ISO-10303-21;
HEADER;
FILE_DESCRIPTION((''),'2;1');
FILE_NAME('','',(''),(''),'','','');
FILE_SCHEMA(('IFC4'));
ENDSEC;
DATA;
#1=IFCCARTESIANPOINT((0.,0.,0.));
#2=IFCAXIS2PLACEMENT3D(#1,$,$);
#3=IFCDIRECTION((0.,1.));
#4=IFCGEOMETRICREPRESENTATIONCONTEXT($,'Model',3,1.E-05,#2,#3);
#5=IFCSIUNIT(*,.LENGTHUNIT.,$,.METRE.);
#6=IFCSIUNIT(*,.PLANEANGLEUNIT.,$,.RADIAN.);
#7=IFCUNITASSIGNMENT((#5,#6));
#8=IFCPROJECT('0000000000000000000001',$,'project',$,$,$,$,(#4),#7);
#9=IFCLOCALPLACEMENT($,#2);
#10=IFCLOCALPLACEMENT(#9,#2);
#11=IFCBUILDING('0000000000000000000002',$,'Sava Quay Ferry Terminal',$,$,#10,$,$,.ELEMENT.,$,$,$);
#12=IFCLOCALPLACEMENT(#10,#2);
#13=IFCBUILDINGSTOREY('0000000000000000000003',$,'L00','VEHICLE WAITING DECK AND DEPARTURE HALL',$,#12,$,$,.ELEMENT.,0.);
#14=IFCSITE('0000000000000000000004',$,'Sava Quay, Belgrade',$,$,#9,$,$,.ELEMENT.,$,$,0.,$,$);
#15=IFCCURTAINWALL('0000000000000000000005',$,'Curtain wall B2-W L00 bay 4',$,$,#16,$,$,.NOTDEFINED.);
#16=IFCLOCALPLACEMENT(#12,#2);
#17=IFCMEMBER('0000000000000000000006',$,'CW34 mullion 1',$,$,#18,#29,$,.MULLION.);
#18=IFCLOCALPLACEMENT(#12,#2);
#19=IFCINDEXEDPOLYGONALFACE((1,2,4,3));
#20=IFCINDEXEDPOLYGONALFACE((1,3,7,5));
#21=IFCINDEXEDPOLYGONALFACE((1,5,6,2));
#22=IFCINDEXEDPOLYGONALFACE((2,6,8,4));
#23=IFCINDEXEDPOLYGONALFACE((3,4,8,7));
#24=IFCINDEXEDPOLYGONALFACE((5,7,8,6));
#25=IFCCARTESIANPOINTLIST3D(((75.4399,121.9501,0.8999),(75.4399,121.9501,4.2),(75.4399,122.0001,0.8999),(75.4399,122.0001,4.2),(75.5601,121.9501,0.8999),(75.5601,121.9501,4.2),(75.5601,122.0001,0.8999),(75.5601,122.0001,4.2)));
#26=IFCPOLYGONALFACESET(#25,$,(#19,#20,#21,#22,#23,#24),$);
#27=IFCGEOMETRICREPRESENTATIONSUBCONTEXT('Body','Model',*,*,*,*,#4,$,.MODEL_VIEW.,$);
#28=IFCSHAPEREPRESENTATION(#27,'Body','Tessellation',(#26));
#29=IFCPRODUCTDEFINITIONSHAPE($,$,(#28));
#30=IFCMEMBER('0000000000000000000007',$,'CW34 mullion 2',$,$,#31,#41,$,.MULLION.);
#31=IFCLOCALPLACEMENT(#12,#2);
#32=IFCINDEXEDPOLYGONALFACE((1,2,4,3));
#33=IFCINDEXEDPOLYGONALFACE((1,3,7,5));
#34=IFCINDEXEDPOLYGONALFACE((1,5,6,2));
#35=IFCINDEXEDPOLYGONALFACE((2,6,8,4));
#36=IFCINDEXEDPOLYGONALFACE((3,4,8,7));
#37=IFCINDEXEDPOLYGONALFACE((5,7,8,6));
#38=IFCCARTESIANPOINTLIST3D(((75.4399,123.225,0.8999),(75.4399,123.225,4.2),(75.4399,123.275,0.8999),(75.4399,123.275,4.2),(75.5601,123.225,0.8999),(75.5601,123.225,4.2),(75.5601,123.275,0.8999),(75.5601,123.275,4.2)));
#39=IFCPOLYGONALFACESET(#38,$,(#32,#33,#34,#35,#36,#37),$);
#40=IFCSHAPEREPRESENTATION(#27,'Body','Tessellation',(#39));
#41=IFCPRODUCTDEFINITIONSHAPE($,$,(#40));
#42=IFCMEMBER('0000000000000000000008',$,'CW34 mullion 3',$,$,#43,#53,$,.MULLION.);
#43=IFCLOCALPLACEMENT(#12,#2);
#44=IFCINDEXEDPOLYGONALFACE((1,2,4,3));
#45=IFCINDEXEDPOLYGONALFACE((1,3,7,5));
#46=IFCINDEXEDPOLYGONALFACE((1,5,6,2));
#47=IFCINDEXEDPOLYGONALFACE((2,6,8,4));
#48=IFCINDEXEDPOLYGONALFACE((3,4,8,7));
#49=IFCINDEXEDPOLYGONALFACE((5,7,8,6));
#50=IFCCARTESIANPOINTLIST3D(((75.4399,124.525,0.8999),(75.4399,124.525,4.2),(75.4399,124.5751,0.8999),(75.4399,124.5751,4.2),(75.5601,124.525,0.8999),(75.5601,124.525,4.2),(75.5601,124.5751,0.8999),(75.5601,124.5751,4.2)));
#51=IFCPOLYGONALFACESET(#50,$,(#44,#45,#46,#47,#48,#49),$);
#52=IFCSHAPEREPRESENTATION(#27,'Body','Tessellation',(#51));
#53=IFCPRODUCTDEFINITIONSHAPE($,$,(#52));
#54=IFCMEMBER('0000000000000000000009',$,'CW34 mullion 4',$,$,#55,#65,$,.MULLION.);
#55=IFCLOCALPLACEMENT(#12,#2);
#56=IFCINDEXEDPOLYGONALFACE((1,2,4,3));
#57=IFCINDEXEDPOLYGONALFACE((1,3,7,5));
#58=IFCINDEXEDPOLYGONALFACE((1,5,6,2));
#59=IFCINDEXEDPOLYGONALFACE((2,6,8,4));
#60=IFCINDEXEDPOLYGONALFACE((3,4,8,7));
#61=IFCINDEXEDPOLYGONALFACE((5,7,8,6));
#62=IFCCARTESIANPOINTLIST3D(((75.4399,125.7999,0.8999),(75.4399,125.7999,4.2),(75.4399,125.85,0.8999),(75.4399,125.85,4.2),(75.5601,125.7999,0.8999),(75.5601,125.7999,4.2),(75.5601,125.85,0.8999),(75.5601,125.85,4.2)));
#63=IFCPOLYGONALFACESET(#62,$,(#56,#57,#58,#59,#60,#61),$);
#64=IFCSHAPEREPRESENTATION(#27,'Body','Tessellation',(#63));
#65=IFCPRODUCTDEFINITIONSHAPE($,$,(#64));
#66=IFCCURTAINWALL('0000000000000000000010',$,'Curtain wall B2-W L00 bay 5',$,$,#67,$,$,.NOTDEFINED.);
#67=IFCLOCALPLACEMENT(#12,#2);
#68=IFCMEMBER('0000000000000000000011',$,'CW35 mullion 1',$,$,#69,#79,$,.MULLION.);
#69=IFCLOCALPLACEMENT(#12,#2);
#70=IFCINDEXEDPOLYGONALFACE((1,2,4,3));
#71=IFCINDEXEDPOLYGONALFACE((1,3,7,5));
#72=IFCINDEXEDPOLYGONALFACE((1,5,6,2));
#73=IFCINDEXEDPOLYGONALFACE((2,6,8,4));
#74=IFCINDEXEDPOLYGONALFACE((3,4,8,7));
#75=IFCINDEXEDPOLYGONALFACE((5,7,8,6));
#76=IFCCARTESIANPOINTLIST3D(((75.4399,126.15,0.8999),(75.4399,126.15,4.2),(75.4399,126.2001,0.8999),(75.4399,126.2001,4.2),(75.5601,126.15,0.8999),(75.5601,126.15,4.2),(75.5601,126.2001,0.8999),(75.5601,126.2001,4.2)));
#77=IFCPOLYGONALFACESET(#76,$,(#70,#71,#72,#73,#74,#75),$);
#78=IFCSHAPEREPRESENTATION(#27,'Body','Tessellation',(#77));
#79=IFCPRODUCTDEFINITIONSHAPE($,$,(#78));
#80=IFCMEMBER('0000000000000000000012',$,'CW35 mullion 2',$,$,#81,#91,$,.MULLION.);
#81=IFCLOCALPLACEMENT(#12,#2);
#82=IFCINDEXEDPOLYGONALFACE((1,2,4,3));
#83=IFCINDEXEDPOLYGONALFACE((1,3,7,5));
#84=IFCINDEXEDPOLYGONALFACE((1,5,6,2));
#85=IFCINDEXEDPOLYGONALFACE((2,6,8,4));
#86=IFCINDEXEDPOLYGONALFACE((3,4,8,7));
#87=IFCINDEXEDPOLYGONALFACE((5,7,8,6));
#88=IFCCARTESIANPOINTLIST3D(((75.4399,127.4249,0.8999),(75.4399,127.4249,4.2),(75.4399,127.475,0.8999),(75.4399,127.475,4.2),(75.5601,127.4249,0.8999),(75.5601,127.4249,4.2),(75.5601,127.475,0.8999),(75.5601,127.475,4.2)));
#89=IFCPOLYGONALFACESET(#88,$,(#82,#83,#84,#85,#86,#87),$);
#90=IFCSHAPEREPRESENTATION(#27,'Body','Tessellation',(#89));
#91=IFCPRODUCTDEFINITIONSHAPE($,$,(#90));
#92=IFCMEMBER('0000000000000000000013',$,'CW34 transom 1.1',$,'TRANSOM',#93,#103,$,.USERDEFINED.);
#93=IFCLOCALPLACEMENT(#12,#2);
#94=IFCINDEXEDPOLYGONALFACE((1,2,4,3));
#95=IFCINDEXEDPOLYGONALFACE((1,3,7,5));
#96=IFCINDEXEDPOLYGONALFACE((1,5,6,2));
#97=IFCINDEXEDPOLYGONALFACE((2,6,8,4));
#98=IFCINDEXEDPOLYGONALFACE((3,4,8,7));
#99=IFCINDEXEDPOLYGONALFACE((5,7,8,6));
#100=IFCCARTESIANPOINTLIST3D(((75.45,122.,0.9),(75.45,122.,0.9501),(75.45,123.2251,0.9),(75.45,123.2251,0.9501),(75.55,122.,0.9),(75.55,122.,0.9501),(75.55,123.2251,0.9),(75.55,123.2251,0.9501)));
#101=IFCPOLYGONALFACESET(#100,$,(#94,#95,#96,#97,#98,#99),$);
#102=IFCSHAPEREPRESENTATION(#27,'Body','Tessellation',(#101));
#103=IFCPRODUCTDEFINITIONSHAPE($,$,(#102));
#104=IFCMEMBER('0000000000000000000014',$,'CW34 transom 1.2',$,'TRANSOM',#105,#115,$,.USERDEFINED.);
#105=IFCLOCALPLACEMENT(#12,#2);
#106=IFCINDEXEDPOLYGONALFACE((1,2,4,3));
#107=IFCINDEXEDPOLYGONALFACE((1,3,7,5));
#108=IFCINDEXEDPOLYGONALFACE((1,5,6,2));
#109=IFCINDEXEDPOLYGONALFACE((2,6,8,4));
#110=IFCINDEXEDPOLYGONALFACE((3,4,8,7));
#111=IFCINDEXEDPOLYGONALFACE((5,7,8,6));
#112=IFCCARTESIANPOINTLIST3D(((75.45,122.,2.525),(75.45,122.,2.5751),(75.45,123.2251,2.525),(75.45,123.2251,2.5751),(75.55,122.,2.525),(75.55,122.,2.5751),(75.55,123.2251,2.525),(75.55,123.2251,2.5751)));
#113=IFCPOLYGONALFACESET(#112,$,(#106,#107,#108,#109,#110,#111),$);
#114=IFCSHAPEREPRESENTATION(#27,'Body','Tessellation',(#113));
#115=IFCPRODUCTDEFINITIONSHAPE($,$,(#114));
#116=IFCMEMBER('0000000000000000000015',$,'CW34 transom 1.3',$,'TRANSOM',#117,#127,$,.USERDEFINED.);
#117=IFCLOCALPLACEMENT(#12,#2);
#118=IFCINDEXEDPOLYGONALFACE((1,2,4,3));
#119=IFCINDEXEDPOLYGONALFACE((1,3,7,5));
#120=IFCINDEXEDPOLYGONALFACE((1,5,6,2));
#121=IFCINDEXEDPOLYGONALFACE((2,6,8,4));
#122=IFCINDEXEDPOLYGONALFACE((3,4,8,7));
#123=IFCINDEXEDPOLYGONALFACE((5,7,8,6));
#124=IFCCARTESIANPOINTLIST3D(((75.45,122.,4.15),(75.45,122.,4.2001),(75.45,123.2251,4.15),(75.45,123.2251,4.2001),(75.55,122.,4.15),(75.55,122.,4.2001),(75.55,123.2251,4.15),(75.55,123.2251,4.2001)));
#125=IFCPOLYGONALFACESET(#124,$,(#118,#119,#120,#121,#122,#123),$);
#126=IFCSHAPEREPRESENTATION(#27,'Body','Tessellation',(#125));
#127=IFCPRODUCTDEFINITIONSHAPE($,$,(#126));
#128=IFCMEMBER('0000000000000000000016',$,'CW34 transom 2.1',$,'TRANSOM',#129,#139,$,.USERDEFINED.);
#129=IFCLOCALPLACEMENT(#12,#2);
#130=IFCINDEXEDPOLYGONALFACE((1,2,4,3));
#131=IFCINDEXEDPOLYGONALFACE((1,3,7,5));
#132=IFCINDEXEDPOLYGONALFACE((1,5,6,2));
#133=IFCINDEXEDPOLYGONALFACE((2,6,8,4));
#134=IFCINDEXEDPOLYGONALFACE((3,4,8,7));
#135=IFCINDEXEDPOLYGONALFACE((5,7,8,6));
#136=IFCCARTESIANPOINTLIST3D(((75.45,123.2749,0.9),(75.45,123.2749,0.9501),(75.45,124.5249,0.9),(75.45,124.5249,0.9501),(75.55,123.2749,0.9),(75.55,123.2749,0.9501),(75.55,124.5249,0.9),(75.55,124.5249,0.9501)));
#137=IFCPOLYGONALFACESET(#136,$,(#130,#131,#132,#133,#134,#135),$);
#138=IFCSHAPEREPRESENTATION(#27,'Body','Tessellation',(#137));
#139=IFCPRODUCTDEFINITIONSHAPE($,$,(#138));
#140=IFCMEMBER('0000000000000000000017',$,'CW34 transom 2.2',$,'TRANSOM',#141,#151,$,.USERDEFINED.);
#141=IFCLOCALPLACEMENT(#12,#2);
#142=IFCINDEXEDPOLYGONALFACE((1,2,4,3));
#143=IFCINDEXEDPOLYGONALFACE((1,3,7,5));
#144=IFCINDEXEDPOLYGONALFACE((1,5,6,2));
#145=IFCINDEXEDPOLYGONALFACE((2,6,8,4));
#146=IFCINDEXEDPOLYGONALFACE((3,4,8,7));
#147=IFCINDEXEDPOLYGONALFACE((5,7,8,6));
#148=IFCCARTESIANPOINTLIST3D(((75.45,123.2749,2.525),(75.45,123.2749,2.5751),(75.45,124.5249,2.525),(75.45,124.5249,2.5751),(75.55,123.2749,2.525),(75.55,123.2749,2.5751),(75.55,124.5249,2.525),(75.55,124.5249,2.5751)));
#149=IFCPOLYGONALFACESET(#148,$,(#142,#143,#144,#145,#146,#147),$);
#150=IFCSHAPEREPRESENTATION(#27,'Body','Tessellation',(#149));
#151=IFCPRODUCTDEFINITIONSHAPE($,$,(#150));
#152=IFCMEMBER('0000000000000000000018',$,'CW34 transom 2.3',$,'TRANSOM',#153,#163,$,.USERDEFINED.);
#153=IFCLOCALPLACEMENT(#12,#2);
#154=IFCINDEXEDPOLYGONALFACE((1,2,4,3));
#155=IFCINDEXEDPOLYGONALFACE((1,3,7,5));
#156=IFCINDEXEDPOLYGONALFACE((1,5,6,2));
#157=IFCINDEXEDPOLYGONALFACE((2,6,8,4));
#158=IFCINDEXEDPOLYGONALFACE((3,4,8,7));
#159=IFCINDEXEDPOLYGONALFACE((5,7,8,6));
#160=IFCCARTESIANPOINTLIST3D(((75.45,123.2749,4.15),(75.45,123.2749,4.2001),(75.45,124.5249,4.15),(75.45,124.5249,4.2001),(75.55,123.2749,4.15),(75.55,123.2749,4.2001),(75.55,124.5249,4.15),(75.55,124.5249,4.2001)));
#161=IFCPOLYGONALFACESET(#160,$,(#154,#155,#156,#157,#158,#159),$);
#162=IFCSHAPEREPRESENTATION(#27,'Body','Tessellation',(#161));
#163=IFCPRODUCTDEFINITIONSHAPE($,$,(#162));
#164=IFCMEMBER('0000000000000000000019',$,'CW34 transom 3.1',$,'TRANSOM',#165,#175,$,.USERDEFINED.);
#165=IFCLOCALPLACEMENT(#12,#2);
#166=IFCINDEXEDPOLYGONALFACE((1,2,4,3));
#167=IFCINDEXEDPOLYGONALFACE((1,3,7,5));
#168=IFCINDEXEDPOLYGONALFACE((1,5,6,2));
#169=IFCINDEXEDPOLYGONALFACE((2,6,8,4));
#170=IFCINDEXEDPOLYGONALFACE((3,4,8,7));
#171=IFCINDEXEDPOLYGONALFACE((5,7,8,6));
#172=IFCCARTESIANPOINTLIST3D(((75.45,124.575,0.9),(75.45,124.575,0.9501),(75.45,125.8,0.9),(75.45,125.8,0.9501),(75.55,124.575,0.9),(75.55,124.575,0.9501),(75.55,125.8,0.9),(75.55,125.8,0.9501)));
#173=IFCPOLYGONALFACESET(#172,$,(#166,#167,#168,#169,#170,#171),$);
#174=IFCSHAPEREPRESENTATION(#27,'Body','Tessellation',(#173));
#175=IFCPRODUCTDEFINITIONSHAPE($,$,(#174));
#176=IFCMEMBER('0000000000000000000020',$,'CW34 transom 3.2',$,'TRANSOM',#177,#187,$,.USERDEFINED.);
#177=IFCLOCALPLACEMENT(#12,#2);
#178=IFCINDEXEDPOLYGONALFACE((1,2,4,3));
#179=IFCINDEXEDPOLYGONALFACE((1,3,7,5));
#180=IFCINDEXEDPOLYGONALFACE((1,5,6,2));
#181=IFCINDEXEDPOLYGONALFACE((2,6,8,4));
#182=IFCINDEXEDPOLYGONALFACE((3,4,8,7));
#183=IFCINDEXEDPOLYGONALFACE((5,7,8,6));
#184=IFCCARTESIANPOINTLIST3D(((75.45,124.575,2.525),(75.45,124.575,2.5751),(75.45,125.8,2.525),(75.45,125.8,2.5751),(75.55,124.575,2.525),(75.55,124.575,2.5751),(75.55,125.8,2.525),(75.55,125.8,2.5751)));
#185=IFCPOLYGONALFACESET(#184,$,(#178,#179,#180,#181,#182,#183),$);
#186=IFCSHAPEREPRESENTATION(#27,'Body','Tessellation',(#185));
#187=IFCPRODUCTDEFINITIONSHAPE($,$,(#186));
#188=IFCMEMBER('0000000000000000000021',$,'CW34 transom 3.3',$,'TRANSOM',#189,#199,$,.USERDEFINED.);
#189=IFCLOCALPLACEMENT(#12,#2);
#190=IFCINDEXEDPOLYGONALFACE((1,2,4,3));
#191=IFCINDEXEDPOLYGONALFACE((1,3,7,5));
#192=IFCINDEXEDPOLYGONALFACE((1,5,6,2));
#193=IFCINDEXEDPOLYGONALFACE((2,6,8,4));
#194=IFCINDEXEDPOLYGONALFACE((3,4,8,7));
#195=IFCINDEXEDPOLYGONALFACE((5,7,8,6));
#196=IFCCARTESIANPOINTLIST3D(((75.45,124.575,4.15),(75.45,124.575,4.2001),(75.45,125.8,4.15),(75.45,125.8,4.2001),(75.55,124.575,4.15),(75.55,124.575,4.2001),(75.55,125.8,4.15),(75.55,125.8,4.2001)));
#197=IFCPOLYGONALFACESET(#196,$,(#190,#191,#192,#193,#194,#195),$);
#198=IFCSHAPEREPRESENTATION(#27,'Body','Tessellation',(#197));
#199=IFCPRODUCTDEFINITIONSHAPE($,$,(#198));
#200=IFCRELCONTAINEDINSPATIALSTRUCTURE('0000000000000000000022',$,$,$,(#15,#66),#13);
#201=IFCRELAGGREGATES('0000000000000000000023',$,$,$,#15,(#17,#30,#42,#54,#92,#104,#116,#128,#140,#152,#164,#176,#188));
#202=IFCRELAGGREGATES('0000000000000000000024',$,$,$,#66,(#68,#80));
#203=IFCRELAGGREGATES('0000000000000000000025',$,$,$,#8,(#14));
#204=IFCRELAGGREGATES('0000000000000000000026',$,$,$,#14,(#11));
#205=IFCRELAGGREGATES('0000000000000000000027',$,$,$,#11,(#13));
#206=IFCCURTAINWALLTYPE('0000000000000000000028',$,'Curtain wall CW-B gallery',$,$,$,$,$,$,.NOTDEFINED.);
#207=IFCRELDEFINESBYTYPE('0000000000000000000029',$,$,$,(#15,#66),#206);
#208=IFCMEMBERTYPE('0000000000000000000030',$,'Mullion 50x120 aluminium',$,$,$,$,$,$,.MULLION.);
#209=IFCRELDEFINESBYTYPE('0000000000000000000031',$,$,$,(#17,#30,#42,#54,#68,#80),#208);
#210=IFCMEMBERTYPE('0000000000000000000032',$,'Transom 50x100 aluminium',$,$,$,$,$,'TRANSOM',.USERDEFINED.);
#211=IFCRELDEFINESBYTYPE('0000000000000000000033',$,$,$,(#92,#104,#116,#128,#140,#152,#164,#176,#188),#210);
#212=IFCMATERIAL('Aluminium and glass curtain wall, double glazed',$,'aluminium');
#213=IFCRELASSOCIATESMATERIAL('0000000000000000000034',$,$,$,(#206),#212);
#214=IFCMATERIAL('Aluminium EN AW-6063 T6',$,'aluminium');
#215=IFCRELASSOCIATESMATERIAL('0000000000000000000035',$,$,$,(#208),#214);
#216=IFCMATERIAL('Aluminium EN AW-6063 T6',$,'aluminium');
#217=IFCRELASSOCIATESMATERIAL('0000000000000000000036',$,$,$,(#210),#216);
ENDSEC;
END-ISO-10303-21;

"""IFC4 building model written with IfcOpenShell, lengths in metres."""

from ifc_helpers import new_model, si_unit, direction, frame, origin, origin_2d, place, context, subcontext, project, spatial, rectangle, extrude, material, material_profile, profile_set, type_object, element, aggregate, save


model = new_model("IFC4")

# Units and contexts
model_context = context("Model", 3, precision=1e-05, world=origin(), true_north=direction((0.0, 1.0)))
body_context = subcontext(model_context, "Body", "Model", "MODEL_VIEW")
ifc_project = project(units=[si_unit("LENGTHUNIT", "METRE"), si_unit("PLANEANGLEUNIT", "RADIAN")], contexts=[model_context])

# Site, building, storey
site_placement = place(None, origin())
site = spatial("IfcSite", under=ifc_project, at=site_placement, Name="Sava Quay, Belgrade", CompositionType="ELEMENT", RefElevation=0.0)
building_placement = place(site_placement, origin())
building = spatial("IfcBuilding", under=site, at=building_placement, Name="Sava Quay Ferry Terminal", CompositionType="ELEMENT")
storey_placement = place(building_placement, origin())
storey = spatial("IfcBuildingStorey", under=building, at=storey_placement, Name="L00", Description="VEHICLE WAITING DECK AND DEPARTURE HALL", CompositionType="ELEMENT", Elevation=0.0)

# Curtain walls, members
ifc_material_1 = material(Name="Aluminium and glass curtain wall, double glazed", Category="aluminium")
curtain_wall_type = type_object("IfcCurtainWallType", Name="Curtain wall CW-B gallery", PredefinedType="NOTDEFINED", material=ifc_material_1)
curtain_wall_1_placement = place(storey_placement, origin())
curtain_wall_1 = element("IfcCurtainWall", 1, at=curtain_wall_1_placement, inside=storey, type_object=curtain_wall_type, Name="Curtain wall B2-W L00 bay 4", PredefinedType="NOTDEFINED")
ifc_material_2 = material(Name="Aluminium EN AW-6063 T6", Category="aluminium")
ifc_material_profile_1 = material_profile(ifc_material_2, rectangle(XDim=0.1201, YDim=0.05, at=origin_2d()), Name="Mullion 50x120 aluminium")
ifc_profile_set_1 = profile_set([ifc_material_profile_1], Name="Aluminium EN AW-6063 T6")
member_type_1 = type_object("IfcMemberType", Name="Mullion 50x120 aluminium", PredefinedType="MULLION", material=ifc_profile_set_1)
member_1_placement = place(storey_placement, frame((75.5, 121.9751, 0.8999), z_axis=(0.0, 0.0, 1.0), x_axis=(-1.0, 0.0, 0.0)))
member_1 = element("IfcMember", 2, at=member_1_placement, type_object=member_type_1, Name="CW34 mullion 1", PredefinedType="MULLION", context=body_context, shape_type="SweptSolid", body=[
    extrude(rectangle(XDim=0.1201, YDim=0.05, at=origin_2d()), origin(), (0.0, 0.0, 1.0), 3.3),
])
member_2_placement = place(storey_placement, frame((75.5, 123.25, 0.8999), z_axis=(0.0, 0.0, 1.0), x_axis=(-1.0, 0.0, 0.0)))
member_2 = element("IfcMember", 3, at=member_2_placement, type_object=member_type_1, Name="CW34 mullion 2", PredefinedType="MULLION", context=body_context, shape_type="SweptSolid", body=[
    extrude(rectangle(XDim=0.1201, YDim=0.05, at=origin_2d()), origin(), (0.0, 0.0, 1.0), 3.3),
])
member_3_placement = place(storey_placement, frame((75.5, 124.55, 0.8999), z_axis=(0.0, 0.0, 1.0), x_axis=(-1.0, 0.0, 0.0)))
member_3 = element("IfcMember", 4, at=member_3_placement, type_object=member_type_1, Name="CW34 mullion 3", PredefinedType="MULLION", context=body_context, shape_type="SweptSolid", body=[
    extrude(rectangle(XDim=0.1201, YDim=0.05, at=origin_2d()), origin(), (0.0, 0.0, 1.0), 3.3),
])
member_4_placement = place(storey_placement, frame((75.5, 125.825, 0.8999), z_axis=(0.0, 0.0, 1.0), x_axis=(-1.0, 0.0, 0.0)))
member_4 = element("IfcMember", 5, at=member_4_placement, type_object=member_type_1, Name="CW34 mullion 4", PredefinedType="MULLION", context=body_context, shape_type="SweptSolid", body=[
    extrude(rectangle(XDim=0.1201, YDim=0.05, at=origin_2d()), origin(), (0.0, 0.0, 1.0), 3.3),
])
curtain_wall_2_placement = place(storey_placement, origin())
curtain_wall_2 = element("IfcCurtainWall", 6, at=curtain_wall_2_placement, inside=storey, type_object=curtain_wall_type, Name="Curtain wall B2-W L00 bay 5", PredefinedType="NOTDEFINED")
member_5_placement = place(storey_placement, frame((75.5, 126.175, 0.8999), z_axis=(0.0, 0.0, 1.0), x_axis=(-1.0, 0.0, 0.0)))
member_5 = element("IfcMember", 7, at=member_5_placement, type_object=member_type_1, Name="CW35 mullion 1", PredefinedType="MULLION", context=body_context, shape_type="SweptSolid", body=[
    extrude(rectangle(XDim=0.1201, YDim=0.05, at=origin_2d()), origin(), (0.0, 0.0, 1.0), 3.3),
])
member_6_placement = place(storey_placement, frame((75.5, 127.45, 0.8999), z_axis=(0.0, 0.0, 1.0), x_axis=(-1.0, 0.0, 0.0)))
member_6 = element("IfcMember", 8, at=member_6_placement, type_object=member_type_1, Name="CW35 mullion 2", PredefinedType="MULLION", context=body_context, shape_type="SweptSolid", body=[
    extrude(rectangle(XDim=0.1201, YDim=0.05, at=origin_2d()), origin(), (0.0, 0.0, 1.0), 3.3),
])

# Members
ifc_material_3 = material(Name="Aluminium EN AW-6063 T6", Category="aluminium")
ifc_material_profile_2 = material_profile(ifc_material_3, rectangle(XDim=0.1001, YDim=0.05, at=origin_2d()), Name="Transom 50x100 aluminium")
ifc_profile_set_2 = profile_set([ifc_material_profile_2], Name="Aluminium EN AW-6063 T6")
member_type_2 = type_object("IfcMemberType", Name="Transom 50x100 aluminium", ElementType="TRANSOM", PredefinedType="USERDEFINED", material=ifc_profile_set_2)
member_7_placement = place(storey_placement, frame((75.5, 122.0, 0.925), z_axis=(0.0, 1.0, 0.0), x_axis=(-1.0, 0.0, 0.0)))
member_7 = element("IfcMember", 9, at=member_7_placement, type_object=member_type_2, Name="CW34 transom 1.1", ObjectType="TRANSOM", PredefinedType="USERDEFINED", context=body_context, shape_type="SweptSolid", body=[
    extrude(rectangle(XDim=0.1001, YDim=0.05, at=origin_2d()), origin(), (0.0, 0.0, 1.0), 1.2251),
])
member_8_placement = place(storey_placement, frame((75.5, 122.0, 2.55), z_axis=(0.0, 1.0, 0.0), x_axis=(-1.0, 0.0, 0.0)))
member_8 = element("IfcMember", 10, at=member_8_placement, type_object=member_type_2, Name="CW34 transom 1.2", ObjectType="TRANSOM", PredefinedType="USERDEFINED", context=body_context, shape_type="SweptSolid", body=[
    extrude(rectangle(XDim=0.1001, YDim=0.05, at=origin_2d()), origin(), (0.0, 0.0, 1.0), 1.2251),
])
member_9_placement = place(storey_placement, frame((75.5, 122.0, 4.175), z_axis=(0.0, 1.0, 0.0), x_axis=(-1.0, 0.0, 0.0)))
member_9 = element("IfcMember", 11, at=member_9_placement, type_object=member_type_2, Name="CW34 transom 1.3", ObjectType="TRANSOM", PredefinedType="USERDEFINED", context=body_context, shape_type="SweptSolid", body=[
    extrude(rectangle(XDim=0.1001, YDim=0.05, at=origin_2d()), origin(), (0.0, 0.0, 1.0), 1.2251),
])
member_10_placement = place(storey_placement, frame((75.5, 123.2749, 0.925), z_axis=(0.0, 1.0, 0.0), x_axis=(-1.0, 0.0, 0.0)))
member_10 = element("IfcMember", 12, at=member_10_placement, type_object=member_type_2, Name="CW34 transom 2.1", ObjectType="TRANSOM", PredefinedType="USERDEFINED", context=body_context, shape_type="SweptSolid", body=[
    extrude(rectangle(XDim=0.1001, YDim=0.05, at=origin_2d()), origin(), (0.0, 0.0, 1.0), 1.25),
])
member_11_placement = place(storey_placement, frame((75.5, 123.2749, 2.55), z_axis=(0.0, 1.0, 0.0), x_axis=(-1.0, 0.0, 0.0)))
member_11 = element("IfcMember", 13, at=member_11_placement, type_object=member_type_2, Name="CW34 transom 2.2", ObjectType="TRANSOM", PredefinedType="USERDEFINED", context=body_context, shape_type="SweptSolid", body=[
    extrude(rectangle(XDim=0.1001, YDim=0.05, at=origin_2d()), origin(), (0.0, 0.0, 1.0), 1.25),
])
member_12_placement = place(storey_placement, frame((75.5, 123.2749, 4.175), z_axis=(0.0, 1.0, 0.0), x_axis=(-1.0, 0.0, 0.0)))
member_12 = element("IfcMember", 14, at=member_12_placement, type_object=member_type_2, Name="CW34 transom 2.3", ObjectType="TRANSOM", PredefinedType="USERDEFINED", context=body_context, shape_type="SweptSolid", body=[
    extrude(rectangle(XDim=0.1001, YDim=0.05, at=origin_2d()), origin(), (0.0, 0.0, 1.0), 1.25),
])
member_13_placement = place(storey_placement, frame((75.5, 124.575, 0.925), z_axis=(0.0, 1.0, 0.0), x_axis=(-1.0, 0.0, 0.0)))
member_13 = element("IfcMember", 15, at=member_13_placement, type_object=member_type_2, Name="CW34 transom 3.1", ObjectType="TRANSOM", PredefinedType="USERDEFINED", context=body_context, shape_type="SweptSolid", body=[
    extrude(rectangle(XDim=0.1001, YDim=0.05, at=origin_2d()), origin(), (0.0, 0.0, 1.0), 1.2251),
])
member_14_placement = place(storey_placement, frame((75.5, 124.575, 2.55), z_axis=(0.0, 1.0, 0.0), x_axis=(-1.0, 0.0, 0.0)))
member_14 = element("IfcMember", 16, at=member_14_placement, type_object=member_type_2, Name="CW34 transom 3.2", ObjectType="TRANSOM", PredefinedType="USERDEFINED", context=body_context, shape_type="SweptSolid", body=[
    extrude(rectangle(XDim=0.1001, YDim=0.05, at=origin_2d()), origin(), (0.0, 0.0, 1.0), 1.2251),
])
member_15_placement = place(storey_placement, frame((75.5, 124.575, 4.175), z_axis=(0.0, 1.0, 0.0), x_axis=(-1.0, 0.0, 0.0)))
member_15 = element("IfcMember", 17, at=member_15_placement, type_object=member_type_2, Name="CW34 transom 3.3", ObjectType="TRANSOM", PredefinedType="USERDEFINED", context=body_context, shape_type="SweptSolid", body=[
    extrude(rectangle(XDim=0.1001, YDim=0.05, at=origin_2d()), origin(), (0.0, 0.0, 1.0), 1.2251),
])

aggregate(curtain_wall_1, [member_1, member_2, member_3, member_4, member_7, member_8, member_9, member_10, member_11, member_12, member_13, member_14, member_15])
aggregate(curtain_wall_2, [member_5, member_6])

save(model, "model.ifc")
